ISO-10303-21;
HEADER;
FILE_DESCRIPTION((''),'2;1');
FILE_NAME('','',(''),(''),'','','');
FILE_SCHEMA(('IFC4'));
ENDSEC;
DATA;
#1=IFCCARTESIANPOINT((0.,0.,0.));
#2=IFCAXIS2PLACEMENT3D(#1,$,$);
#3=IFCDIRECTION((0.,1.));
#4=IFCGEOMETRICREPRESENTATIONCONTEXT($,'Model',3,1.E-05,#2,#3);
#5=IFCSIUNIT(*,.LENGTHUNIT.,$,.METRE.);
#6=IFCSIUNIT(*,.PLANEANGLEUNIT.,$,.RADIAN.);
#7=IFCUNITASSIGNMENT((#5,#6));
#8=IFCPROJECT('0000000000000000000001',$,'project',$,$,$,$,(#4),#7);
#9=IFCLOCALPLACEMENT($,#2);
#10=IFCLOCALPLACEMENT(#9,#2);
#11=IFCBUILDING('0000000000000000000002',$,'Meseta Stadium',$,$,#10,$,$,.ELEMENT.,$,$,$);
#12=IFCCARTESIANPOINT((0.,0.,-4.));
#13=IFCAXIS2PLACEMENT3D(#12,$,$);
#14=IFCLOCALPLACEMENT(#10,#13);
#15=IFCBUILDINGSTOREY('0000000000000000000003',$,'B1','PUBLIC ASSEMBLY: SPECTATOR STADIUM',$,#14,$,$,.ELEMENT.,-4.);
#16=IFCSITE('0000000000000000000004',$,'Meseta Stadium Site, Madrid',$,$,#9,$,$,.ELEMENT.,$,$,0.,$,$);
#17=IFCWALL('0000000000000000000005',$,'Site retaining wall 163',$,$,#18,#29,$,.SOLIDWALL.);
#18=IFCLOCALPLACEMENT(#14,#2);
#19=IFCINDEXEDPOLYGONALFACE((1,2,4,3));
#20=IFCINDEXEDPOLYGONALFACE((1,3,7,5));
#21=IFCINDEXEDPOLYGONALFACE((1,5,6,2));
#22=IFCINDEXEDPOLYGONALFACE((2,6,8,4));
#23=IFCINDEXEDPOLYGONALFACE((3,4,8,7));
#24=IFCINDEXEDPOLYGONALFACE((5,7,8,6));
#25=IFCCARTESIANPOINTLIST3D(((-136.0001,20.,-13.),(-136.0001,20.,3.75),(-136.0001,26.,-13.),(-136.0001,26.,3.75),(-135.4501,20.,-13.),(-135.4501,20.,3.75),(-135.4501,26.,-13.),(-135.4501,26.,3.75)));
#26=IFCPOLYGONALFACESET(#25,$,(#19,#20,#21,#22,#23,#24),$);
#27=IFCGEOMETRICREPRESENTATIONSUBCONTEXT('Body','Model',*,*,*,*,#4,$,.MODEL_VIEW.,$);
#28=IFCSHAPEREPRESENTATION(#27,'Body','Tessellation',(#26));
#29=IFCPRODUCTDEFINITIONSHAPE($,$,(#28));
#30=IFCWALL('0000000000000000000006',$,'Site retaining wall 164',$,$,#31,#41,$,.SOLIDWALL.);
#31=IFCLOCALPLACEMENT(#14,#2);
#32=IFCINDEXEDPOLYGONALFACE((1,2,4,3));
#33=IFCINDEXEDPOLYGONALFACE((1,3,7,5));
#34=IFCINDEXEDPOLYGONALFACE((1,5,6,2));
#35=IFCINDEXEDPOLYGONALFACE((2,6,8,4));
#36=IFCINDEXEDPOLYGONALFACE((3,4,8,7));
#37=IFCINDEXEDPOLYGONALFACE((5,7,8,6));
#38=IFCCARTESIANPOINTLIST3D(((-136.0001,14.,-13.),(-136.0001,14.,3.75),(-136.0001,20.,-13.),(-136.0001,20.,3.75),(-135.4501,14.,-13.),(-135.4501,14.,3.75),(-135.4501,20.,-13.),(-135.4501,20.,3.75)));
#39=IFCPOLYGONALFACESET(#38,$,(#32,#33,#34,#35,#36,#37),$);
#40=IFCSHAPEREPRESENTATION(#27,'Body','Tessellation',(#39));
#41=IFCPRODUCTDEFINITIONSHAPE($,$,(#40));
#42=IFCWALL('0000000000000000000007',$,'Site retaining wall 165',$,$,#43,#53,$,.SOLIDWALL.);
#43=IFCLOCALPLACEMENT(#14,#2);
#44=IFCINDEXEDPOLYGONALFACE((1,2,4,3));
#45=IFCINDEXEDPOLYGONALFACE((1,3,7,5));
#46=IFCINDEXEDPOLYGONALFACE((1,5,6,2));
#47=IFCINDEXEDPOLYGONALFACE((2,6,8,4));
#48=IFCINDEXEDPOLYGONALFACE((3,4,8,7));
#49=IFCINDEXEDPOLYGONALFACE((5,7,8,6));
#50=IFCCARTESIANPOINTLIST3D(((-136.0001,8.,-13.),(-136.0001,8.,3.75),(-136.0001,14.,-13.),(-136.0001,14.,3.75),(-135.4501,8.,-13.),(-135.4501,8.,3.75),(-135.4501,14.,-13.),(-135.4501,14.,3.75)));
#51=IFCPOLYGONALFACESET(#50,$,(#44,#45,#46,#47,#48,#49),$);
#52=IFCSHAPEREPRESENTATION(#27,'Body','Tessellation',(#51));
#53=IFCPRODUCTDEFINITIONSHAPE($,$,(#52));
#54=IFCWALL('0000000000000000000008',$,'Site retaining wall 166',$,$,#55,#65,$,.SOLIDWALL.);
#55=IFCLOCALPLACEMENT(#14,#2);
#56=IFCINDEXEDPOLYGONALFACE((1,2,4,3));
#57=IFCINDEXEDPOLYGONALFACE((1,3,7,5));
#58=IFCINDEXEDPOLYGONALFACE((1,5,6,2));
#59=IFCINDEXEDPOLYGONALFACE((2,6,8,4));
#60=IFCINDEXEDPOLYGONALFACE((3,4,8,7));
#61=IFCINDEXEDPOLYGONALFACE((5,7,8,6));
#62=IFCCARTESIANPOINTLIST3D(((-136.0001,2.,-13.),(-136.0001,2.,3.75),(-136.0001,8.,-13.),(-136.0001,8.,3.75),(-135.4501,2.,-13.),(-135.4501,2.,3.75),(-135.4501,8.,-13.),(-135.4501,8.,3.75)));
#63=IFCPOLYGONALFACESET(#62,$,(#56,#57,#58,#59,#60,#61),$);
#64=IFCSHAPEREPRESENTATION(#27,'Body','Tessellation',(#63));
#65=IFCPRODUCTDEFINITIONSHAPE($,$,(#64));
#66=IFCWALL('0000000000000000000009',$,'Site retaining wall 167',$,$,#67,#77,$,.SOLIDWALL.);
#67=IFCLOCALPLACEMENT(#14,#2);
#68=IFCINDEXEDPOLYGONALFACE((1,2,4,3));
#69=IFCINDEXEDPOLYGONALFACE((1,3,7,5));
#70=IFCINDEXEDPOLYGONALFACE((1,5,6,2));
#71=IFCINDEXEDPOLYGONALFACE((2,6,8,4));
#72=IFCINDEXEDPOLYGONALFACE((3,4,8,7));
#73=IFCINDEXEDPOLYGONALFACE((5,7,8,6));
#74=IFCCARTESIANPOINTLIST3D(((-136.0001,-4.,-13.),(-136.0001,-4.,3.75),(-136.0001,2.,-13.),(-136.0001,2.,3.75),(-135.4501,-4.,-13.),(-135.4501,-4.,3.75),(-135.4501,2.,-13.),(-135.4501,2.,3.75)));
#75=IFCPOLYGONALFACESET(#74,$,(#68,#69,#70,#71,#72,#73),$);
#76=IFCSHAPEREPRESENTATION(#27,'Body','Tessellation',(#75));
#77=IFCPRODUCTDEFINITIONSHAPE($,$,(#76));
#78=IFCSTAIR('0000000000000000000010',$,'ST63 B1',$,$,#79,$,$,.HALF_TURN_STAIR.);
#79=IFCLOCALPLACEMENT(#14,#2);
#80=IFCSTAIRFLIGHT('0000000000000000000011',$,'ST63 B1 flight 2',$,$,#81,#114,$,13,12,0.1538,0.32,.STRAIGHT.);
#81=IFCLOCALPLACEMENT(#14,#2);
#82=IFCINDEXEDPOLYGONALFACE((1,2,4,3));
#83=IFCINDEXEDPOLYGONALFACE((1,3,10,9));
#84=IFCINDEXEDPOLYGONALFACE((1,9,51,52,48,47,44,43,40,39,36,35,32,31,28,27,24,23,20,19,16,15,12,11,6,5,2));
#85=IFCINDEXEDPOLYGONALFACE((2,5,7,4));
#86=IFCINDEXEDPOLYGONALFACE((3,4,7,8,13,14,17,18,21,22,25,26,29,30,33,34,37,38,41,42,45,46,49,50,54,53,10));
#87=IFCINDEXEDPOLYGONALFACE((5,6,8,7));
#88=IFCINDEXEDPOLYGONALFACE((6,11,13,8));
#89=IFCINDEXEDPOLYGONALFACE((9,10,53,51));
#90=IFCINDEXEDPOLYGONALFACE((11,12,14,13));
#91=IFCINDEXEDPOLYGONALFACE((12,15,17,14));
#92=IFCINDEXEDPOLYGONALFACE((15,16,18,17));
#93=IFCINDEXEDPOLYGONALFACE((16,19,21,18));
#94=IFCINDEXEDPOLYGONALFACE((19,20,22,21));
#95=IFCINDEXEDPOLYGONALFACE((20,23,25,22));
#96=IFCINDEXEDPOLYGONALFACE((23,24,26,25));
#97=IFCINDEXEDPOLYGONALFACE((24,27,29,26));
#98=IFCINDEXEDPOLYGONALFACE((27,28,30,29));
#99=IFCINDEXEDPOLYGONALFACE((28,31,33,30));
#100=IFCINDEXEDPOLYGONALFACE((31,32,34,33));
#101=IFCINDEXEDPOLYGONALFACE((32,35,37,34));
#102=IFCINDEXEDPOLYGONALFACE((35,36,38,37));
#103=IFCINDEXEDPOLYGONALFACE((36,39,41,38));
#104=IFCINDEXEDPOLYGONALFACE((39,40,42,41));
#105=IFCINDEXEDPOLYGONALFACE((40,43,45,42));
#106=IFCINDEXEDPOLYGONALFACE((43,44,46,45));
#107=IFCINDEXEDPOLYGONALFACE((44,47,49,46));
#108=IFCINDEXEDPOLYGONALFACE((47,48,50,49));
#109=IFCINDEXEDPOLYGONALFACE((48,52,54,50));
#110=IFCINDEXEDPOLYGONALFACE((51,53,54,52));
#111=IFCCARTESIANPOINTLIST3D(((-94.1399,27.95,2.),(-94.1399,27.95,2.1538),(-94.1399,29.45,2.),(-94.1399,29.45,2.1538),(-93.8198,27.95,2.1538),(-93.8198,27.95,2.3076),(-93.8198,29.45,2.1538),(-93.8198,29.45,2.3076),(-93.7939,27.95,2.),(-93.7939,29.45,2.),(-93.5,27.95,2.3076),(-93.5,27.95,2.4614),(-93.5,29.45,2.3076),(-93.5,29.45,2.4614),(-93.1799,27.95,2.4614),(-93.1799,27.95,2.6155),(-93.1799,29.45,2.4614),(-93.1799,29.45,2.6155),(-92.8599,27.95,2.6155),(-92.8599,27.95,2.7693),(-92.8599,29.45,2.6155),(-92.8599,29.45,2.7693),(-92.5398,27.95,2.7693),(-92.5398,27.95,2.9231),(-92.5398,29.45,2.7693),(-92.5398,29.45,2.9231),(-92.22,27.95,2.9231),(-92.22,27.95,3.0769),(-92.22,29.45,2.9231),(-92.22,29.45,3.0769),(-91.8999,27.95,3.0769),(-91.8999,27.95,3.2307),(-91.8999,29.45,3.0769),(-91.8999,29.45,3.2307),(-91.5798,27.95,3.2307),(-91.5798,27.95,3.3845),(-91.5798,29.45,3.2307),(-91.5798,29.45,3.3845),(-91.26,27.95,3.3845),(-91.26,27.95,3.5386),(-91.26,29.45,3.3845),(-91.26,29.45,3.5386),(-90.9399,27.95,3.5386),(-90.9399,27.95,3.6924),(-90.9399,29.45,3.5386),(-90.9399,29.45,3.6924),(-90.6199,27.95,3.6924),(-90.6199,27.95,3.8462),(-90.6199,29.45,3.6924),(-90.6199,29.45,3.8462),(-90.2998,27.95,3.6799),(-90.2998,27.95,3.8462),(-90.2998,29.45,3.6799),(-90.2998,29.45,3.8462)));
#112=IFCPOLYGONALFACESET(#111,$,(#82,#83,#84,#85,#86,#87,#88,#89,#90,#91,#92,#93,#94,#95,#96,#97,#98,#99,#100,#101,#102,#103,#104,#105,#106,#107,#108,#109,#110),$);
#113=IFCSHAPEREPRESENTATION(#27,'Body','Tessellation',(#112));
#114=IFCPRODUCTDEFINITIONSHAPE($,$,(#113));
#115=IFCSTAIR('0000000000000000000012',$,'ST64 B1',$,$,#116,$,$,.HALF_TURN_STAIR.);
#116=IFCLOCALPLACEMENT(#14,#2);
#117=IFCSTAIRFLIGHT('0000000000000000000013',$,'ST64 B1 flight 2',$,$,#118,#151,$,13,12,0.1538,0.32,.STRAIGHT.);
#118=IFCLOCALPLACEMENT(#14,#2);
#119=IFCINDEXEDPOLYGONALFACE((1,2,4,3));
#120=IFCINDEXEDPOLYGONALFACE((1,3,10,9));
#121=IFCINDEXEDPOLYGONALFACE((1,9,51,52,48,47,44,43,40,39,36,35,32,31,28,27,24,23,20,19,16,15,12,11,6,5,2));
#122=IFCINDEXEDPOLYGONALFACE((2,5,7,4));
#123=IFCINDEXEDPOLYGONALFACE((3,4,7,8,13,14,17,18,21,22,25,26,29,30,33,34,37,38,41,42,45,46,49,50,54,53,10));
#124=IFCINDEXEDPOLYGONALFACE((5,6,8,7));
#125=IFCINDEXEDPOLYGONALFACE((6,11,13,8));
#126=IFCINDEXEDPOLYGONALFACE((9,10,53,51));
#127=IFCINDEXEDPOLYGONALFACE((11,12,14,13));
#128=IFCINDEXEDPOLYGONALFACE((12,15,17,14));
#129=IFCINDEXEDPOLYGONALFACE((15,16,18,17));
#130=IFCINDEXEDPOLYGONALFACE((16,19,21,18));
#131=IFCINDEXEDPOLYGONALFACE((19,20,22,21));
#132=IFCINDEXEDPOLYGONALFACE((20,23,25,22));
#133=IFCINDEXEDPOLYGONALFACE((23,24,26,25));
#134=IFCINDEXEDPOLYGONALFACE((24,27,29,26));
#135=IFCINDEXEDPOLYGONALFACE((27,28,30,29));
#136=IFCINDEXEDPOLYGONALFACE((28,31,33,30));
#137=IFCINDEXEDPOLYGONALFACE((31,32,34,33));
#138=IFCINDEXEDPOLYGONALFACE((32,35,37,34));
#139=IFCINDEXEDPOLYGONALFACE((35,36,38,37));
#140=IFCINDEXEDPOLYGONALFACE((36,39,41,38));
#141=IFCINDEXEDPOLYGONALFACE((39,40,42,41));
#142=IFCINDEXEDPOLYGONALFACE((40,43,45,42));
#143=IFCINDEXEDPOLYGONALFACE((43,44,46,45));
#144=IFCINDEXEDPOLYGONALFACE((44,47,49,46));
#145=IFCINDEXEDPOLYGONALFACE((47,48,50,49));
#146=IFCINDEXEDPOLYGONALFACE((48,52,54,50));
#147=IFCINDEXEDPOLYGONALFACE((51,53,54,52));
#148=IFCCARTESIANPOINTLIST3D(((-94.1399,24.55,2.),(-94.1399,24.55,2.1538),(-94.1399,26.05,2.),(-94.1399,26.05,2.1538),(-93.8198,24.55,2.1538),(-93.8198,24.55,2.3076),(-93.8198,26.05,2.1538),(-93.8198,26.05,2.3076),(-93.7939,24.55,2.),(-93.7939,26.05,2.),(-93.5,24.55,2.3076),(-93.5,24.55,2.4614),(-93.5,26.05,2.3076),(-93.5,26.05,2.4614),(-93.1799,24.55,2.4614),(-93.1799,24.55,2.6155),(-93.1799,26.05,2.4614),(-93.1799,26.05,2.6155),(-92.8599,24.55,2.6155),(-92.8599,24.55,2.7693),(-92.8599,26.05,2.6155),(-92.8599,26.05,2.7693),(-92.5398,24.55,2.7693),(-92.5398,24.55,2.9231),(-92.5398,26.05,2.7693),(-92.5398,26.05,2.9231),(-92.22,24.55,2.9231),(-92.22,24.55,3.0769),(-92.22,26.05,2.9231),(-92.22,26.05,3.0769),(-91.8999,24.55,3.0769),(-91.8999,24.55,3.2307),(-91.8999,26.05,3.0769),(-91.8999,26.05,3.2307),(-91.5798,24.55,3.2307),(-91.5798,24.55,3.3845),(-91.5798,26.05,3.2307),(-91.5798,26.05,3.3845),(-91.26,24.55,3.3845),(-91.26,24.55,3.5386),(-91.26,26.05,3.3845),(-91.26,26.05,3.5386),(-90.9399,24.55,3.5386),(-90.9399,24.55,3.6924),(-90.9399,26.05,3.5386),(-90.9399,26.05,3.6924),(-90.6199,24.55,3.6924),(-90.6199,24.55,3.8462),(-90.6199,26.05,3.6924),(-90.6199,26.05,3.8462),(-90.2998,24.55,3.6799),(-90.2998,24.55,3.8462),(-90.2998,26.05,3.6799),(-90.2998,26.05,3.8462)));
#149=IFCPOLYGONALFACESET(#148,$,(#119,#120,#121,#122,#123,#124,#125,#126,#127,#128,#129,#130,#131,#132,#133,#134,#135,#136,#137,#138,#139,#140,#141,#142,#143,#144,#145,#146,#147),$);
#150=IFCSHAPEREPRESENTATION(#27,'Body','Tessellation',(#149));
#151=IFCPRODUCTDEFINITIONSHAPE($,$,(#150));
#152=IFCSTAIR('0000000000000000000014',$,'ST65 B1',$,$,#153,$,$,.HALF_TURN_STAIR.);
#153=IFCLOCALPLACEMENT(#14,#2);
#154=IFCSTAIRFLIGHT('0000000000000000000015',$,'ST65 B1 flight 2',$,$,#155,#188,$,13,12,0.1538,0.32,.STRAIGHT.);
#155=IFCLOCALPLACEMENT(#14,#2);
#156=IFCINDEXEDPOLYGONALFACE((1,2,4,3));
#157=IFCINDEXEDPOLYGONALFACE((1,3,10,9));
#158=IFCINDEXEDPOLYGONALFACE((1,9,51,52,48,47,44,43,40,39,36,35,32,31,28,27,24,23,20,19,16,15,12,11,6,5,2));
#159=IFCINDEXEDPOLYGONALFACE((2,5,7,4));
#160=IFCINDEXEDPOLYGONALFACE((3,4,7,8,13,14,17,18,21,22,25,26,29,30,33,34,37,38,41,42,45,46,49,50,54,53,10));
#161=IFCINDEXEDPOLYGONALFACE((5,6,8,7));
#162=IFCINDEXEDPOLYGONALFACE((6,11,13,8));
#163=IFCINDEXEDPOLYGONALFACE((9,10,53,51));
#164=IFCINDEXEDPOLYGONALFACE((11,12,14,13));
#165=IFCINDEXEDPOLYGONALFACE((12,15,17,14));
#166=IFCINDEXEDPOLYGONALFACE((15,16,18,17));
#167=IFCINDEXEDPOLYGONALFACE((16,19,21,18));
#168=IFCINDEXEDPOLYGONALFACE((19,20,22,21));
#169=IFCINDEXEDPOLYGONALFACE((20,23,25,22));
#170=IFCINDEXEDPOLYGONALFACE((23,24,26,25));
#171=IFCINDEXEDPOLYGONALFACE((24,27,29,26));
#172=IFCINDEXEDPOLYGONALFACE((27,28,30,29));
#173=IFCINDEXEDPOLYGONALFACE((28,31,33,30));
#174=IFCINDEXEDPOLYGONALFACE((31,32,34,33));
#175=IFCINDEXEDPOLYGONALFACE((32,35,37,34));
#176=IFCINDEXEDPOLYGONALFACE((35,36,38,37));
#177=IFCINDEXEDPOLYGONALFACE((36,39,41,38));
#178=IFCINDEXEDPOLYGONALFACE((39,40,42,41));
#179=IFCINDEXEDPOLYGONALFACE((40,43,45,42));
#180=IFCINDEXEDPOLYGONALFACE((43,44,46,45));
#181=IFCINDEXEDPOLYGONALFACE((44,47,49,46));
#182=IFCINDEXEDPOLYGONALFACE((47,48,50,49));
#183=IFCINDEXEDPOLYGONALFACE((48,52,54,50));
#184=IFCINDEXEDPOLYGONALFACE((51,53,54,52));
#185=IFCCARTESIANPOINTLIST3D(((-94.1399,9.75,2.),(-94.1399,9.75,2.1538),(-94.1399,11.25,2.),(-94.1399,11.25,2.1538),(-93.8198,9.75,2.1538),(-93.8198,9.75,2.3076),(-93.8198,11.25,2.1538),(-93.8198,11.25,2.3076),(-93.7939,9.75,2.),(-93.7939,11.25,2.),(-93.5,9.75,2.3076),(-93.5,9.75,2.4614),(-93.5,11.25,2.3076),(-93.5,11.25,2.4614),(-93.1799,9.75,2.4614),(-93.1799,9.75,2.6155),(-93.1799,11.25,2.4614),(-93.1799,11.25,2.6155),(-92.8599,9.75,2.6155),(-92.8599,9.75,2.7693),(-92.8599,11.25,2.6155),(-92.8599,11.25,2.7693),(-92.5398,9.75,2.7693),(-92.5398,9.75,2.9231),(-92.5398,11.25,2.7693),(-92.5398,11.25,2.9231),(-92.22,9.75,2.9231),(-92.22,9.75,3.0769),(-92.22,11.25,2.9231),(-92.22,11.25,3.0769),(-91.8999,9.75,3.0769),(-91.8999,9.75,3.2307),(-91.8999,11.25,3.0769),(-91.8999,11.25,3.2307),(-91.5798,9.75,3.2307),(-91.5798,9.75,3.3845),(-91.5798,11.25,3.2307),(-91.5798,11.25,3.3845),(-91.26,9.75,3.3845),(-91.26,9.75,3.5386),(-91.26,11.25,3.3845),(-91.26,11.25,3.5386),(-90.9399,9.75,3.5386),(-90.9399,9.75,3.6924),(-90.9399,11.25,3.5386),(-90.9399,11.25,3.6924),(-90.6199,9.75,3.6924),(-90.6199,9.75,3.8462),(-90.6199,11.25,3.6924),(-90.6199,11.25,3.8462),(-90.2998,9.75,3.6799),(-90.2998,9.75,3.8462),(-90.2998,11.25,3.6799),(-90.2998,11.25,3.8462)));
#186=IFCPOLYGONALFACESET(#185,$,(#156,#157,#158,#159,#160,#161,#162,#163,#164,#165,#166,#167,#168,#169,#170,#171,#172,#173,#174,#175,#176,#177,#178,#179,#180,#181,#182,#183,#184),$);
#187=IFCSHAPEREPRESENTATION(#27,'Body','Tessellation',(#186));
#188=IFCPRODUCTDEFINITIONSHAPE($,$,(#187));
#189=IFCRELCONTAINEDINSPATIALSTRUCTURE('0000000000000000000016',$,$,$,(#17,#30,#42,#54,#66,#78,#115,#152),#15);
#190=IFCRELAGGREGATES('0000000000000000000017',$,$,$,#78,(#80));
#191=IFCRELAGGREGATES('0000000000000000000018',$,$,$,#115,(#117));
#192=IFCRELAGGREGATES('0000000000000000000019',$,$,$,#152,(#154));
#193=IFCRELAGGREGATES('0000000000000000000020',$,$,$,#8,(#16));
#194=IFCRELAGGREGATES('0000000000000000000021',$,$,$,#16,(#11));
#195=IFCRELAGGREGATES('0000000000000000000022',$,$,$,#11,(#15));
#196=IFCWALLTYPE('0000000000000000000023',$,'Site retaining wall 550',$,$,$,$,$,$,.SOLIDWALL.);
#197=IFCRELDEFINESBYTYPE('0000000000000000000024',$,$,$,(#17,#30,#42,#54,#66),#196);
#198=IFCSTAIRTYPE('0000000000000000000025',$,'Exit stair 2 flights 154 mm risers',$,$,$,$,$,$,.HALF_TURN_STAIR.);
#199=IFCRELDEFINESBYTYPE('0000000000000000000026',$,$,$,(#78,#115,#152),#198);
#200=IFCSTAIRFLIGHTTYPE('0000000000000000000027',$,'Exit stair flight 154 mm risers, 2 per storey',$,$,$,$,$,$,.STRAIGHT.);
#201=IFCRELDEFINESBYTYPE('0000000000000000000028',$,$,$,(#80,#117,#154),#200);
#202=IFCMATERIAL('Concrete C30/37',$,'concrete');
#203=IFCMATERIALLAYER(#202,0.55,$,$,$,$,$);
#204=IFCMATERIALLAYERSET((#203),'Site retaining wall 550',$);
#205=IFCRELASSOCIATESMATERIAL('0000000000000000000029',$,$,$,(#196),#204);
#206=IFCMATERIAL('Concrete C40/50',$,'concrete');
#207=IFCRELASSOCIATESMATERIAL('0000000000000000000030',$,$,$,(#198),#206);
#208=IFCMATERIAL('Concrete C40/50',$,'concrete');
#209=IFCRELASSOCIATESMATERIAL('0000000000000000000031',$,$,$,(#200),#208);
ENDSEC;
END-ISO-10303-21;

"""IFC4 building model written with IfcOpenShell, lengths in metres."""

from ifc_helpers import new_model, si_unit, direction, frame, frame_2d, origin, place, context, subcontext, project, spatial, polyline, rectangle, outline, extrude, material, layer, layer_set, type_object, element, aggregate, save


model = new_model("IFC4")

# Units and contexts
model_context = context("Model", 3, precision=1e-05, world=origin(), true_north=direction((0.0, 1.0)))
body_context = subcontext(model_context, "Body", "Model", "MODEL_VIEW")
ifc_project = project(units=[si_unit("LENGTHUNIT", "METRE"), si_unit("PLANEANGLEUNIT", "RADIAN")], contexts=[model_context])

# Site, building, storey
site_placement = place(None, origin())
site = spatial("IfcSite", under=ifc_project, at=site_placement, Name="Meseta Stadium Site, Madrid", CompositionType="ELEMENT", RefElevation=0.0)
building_placement = place(site_placement, origin())
building = spatial("IfcBuilding", under=site, at=building_placement, Name="Meseta Stadium", CompositionType="ELEMENT")
storey_placement = place(building_placement, frame((0.0, 0.0, -4.0)))
storey = spatial("IfcBuildingStorey", under=building, at=storey_placement, Name="B1", Description="PUBLIC ASSEMBLY: SPECTATOR STADIUM", CompositionType="ELEMENT", Elevation=-4.0)

# Walls
ifc_material_1 = material(Name="Concrete C30/37", Category="concrete")
ifc_layer_1 = layer(ifc_material_1, 0.55)
ifc_layer_set_1 = layer_set([ifc_layer_1], Name="Site retaining wall 550")
wall_type_1 = type_object("IfcWallType", Name="Site retaining wall 550", PredefinedType="SOLIDWALL", material=ifc_layer_set_1)
for number, where, z_axis, x_axis, name in (
    (1, (-135.7251, 26.0, -13.0), (0.0, 0.0, 1.0), (0.0, -1.0, 0.0), "Site retaining wall 163"),
    (2, (-135.7251, 20.0, -13.0), (0.0, 0.0, 1.0), (0.0, -1.0, 0.0), "Site retaining wall 164"),
    (3, (-135.7251, 14.0, -13.0), (0.0, 0.0, 1.0), (0.0, -1.0, 0.0), "Site retaining wall 165"),
    (4, (-135.7251, 8.0, -13.0), (0.0, 0.0, 1.0), (0.0, -1.0, 0.0), "Site retaining wall 166"),
    (5, (-135.7251, 2.0, -13.0), (0.0, 0.0, 1.0), (0.0, -1.0, 0.0), "Site retaining wall 167"),
):
    element("IfcWall", number, at=place(storey_placement, frame(where, z_axis=z_axis, x_axis=x_axis)), inside=storey, type_object=wall_type_1, Name=name, PredefinedType="SOLIDWALL", context=body_context, shape_type="SweptSolid", body=[
        extrude(rectangle(XDim=6.0, YDim=0.55, at=frame_2d((3.0, 0.0))), origin(), (0.0, 0.0, 1.0), 16.75),
    ])

# Stairs, stair flights
ifc_material_2 = material(Name="Concrete C40/50", Category="concrete")
stair_type = type_object("IfcStairType", Name="Exit stair 2 flights 154 mm risers", PredefinedType="HALF_TURN_STAIR", material=ifc_material_2)
stair_1_placement = place(storey_placement, origin())
stair_1 = element("IfcStair", 6, at=stair_1_placement, inside=storey, type_object=stair_type, Name="ST63 B1", PredefinedType="HALF_TURN_STAIR")
ifc_material_3 = material(Name="Concrete C40/50", Category="concrete")
stair_flight_type = type_object("IfcStairFlightType", Name="Exit stair flight 154 mm risers, 2 per storey", PredefinedType="STRAIGHT", material=ifc_material_3)
stair_flight_1_placement = place(storey_placement, frame((-94.1399, 28.7, 2.0), z_axis=(0.0, 0.0, 1.0), x_axis=(1.0, 0.0, 0.0)))
stair_flight_1 = element("IfcStairFlight", 7, at=stair_flight_1_placement, type_object=stair_flight_type, Name="ST63 B1 flight 2", NumberOfRisers=13, NumberOfTreads=12, PredefinedType="STRAIGHT", RiserHeight=0.1538, TreadLength=0.32, context=body_context, shape_type="SweptSolid", body=[
    extrude(outline(polyline([(0.0, 0.0), (0.0, 0.1538), (0.3201, 0.1538), (0.3201, 0.3076), (0.6399, 0.3076), (0.6399, 0.4614), (0.96, 0.4614), (0.96, 0.6155), (1.28, 0.6155), (1.28, 0.7693), (1.6001, 0.7693), (1.6001, 0.9231), (1.9199, 0.9231), (1.9199, 1.0769), (2.24, 1.0769), (2.24, 1.2307), (2.5601, 1.2307), (2.5601, 1.3845), (2.8799, 1.3845), (2.8799, 1.5386), (3.2, 1.5386), (3.2, 1.6924), (3.52, 1.6924), (3.52, 1.8462), (3.8401, 1.8462), (3.8401, 1.6799), (0.3459, 0.0), (0.0, 0.0)])), frame((0.0, 0.75, 0.0), z_axis=(0.0, -1.0, 0.0), x_axis=(1.0, 0.0, 0.0)), (0.0, 0.0, 1.0), 1.5),
])
aggregate(stair_1, [stair_flight_1])
stair_2_placement = place(storey_placement, origin())
stair_2 = element("IfcStair", 8, at=stair_2_placement, inside=storey, type_object=stair_type, Name="ST64 B1", PredefinedType="HALF_TURN_STAIR")
stair_flight_2_placement = place(storey_placement, frame((-94.1399, 25.3, 2.0), z_axis=(0.0, 0.0, 1.0), x_axis=(1.0, 0.0, 0.0)))
stair_flight_2 = element("IfcStairFlight", 9, at=stair_flight_2_placement, type_object=stair_flight_type, Name="ST64 B1 flight 2", NumberOfRisers=13, NumberOfTreads=12, PredefinedType="STRAIGHT", RiserHeight=0.1538, TreadLength=0.32, context=body_context, shape_type="SweptSolid", body=[
    extrude(outline(polyline([(0.0, 0.0), (0.0, 0.1538), (0.3201, 0.1538), (0.3201, 0.3076), (0.6399, 0.3076), (0.6399, 0.4614), (0.96, 0.4614), (0.96, 0.6155), (1.28, 0.6155), (1.28, 0.7693), (1.6001, 0.7693), (1.6001, 0.9231), (1.9199, 0.9231), (1.9199, 1.0769), (2.24, 1.0769), (2.24, 1.2307), (2.5601, 1.2307), (2.5601, 1.3845), (2.8799, 1.3845), (2.8799, 1.5386), (3.2, 1.5386), (3.2, 1.6924), (3.52, 1.6924), (3.52, 1.8462), (3.8401, 1.8462), (3.8401, 1.6799), (0.3459, 0.0), (0.0, 0.0)])), frame((0.0, 0.75, 0.0), z_axis=(0.0, -1.0, 0.0), x_axis=(1.0, 0.0, 0.0)), (0.0, 0.0, 1.0), 1.5),
])
aggregate(stair_2, [stair_flight_2])
stair_3_placement = place(storey_placement, origin())
stair_3 = element("IfcStair", 10, at=stair_3_placement, inside=storey, type_object=stair_type, Name="ST65 B1", PredefinedType="HALF_TURN_STAIR")
stair_flight_3_placement = place(storey_placement, frame((-94.1399, 10.5, 2.0), z_axis=(0.0, 0.0, 1.0), x_axis=(1.0, 0.0, 0.0)))
stair_flight_3 = element("IfcStairFlight", 11, at=stair_flight_3_placement, type_object=stair_flight_type, Name="ST65 B1 flight 2", NumberOfRisers=13, NumberOfTreads=12, PredefinedType="STRAIGHT", RiserHeight=0.1538, TreadLength=0.32, context=body_context, shape_type="SweptSolid", body=[
    extrude(outline(polyline([(0.0, 0.0), (0.0, 0.1538), (0.3201, 0.1538), (0.3201, 0.3076), (0.6399, 0.3076), (0.6399, 0.4614), (0.96, 0.4614), (0.96, 0.6155), (1.28, 0.6155), (1.28, 0.7693), (1.6001, 0.7693), (1.6001, 0.9231), (1.9199, 0.9231), (1.9199, 1.0769), (2.24, 1.0769), (2.24, 1.2307), (2.5601, 1.2307), (2.5601, 1.3845), (2.8799, 1.3845), (2.8799, 1.5386), (3.2, 1.5386), (3.2, 1.6924), (3.52, 1.6924), (3.52, 1.8462), (3.8401, 1.8462), (3.8401, 1.6799), (0.3459, 0.0), (0.0, 0.0)])), frame((0.0, 0.75, 0.0), z_axis=(0.0, -1.0, 0.0), x_axis=(1.0, 0.0, 0.0)), (0.0, 0.0, 1.0), 1.5),
])
aggregate(stair_3, [stair_flight_3])

save(model, "model.ifc")
